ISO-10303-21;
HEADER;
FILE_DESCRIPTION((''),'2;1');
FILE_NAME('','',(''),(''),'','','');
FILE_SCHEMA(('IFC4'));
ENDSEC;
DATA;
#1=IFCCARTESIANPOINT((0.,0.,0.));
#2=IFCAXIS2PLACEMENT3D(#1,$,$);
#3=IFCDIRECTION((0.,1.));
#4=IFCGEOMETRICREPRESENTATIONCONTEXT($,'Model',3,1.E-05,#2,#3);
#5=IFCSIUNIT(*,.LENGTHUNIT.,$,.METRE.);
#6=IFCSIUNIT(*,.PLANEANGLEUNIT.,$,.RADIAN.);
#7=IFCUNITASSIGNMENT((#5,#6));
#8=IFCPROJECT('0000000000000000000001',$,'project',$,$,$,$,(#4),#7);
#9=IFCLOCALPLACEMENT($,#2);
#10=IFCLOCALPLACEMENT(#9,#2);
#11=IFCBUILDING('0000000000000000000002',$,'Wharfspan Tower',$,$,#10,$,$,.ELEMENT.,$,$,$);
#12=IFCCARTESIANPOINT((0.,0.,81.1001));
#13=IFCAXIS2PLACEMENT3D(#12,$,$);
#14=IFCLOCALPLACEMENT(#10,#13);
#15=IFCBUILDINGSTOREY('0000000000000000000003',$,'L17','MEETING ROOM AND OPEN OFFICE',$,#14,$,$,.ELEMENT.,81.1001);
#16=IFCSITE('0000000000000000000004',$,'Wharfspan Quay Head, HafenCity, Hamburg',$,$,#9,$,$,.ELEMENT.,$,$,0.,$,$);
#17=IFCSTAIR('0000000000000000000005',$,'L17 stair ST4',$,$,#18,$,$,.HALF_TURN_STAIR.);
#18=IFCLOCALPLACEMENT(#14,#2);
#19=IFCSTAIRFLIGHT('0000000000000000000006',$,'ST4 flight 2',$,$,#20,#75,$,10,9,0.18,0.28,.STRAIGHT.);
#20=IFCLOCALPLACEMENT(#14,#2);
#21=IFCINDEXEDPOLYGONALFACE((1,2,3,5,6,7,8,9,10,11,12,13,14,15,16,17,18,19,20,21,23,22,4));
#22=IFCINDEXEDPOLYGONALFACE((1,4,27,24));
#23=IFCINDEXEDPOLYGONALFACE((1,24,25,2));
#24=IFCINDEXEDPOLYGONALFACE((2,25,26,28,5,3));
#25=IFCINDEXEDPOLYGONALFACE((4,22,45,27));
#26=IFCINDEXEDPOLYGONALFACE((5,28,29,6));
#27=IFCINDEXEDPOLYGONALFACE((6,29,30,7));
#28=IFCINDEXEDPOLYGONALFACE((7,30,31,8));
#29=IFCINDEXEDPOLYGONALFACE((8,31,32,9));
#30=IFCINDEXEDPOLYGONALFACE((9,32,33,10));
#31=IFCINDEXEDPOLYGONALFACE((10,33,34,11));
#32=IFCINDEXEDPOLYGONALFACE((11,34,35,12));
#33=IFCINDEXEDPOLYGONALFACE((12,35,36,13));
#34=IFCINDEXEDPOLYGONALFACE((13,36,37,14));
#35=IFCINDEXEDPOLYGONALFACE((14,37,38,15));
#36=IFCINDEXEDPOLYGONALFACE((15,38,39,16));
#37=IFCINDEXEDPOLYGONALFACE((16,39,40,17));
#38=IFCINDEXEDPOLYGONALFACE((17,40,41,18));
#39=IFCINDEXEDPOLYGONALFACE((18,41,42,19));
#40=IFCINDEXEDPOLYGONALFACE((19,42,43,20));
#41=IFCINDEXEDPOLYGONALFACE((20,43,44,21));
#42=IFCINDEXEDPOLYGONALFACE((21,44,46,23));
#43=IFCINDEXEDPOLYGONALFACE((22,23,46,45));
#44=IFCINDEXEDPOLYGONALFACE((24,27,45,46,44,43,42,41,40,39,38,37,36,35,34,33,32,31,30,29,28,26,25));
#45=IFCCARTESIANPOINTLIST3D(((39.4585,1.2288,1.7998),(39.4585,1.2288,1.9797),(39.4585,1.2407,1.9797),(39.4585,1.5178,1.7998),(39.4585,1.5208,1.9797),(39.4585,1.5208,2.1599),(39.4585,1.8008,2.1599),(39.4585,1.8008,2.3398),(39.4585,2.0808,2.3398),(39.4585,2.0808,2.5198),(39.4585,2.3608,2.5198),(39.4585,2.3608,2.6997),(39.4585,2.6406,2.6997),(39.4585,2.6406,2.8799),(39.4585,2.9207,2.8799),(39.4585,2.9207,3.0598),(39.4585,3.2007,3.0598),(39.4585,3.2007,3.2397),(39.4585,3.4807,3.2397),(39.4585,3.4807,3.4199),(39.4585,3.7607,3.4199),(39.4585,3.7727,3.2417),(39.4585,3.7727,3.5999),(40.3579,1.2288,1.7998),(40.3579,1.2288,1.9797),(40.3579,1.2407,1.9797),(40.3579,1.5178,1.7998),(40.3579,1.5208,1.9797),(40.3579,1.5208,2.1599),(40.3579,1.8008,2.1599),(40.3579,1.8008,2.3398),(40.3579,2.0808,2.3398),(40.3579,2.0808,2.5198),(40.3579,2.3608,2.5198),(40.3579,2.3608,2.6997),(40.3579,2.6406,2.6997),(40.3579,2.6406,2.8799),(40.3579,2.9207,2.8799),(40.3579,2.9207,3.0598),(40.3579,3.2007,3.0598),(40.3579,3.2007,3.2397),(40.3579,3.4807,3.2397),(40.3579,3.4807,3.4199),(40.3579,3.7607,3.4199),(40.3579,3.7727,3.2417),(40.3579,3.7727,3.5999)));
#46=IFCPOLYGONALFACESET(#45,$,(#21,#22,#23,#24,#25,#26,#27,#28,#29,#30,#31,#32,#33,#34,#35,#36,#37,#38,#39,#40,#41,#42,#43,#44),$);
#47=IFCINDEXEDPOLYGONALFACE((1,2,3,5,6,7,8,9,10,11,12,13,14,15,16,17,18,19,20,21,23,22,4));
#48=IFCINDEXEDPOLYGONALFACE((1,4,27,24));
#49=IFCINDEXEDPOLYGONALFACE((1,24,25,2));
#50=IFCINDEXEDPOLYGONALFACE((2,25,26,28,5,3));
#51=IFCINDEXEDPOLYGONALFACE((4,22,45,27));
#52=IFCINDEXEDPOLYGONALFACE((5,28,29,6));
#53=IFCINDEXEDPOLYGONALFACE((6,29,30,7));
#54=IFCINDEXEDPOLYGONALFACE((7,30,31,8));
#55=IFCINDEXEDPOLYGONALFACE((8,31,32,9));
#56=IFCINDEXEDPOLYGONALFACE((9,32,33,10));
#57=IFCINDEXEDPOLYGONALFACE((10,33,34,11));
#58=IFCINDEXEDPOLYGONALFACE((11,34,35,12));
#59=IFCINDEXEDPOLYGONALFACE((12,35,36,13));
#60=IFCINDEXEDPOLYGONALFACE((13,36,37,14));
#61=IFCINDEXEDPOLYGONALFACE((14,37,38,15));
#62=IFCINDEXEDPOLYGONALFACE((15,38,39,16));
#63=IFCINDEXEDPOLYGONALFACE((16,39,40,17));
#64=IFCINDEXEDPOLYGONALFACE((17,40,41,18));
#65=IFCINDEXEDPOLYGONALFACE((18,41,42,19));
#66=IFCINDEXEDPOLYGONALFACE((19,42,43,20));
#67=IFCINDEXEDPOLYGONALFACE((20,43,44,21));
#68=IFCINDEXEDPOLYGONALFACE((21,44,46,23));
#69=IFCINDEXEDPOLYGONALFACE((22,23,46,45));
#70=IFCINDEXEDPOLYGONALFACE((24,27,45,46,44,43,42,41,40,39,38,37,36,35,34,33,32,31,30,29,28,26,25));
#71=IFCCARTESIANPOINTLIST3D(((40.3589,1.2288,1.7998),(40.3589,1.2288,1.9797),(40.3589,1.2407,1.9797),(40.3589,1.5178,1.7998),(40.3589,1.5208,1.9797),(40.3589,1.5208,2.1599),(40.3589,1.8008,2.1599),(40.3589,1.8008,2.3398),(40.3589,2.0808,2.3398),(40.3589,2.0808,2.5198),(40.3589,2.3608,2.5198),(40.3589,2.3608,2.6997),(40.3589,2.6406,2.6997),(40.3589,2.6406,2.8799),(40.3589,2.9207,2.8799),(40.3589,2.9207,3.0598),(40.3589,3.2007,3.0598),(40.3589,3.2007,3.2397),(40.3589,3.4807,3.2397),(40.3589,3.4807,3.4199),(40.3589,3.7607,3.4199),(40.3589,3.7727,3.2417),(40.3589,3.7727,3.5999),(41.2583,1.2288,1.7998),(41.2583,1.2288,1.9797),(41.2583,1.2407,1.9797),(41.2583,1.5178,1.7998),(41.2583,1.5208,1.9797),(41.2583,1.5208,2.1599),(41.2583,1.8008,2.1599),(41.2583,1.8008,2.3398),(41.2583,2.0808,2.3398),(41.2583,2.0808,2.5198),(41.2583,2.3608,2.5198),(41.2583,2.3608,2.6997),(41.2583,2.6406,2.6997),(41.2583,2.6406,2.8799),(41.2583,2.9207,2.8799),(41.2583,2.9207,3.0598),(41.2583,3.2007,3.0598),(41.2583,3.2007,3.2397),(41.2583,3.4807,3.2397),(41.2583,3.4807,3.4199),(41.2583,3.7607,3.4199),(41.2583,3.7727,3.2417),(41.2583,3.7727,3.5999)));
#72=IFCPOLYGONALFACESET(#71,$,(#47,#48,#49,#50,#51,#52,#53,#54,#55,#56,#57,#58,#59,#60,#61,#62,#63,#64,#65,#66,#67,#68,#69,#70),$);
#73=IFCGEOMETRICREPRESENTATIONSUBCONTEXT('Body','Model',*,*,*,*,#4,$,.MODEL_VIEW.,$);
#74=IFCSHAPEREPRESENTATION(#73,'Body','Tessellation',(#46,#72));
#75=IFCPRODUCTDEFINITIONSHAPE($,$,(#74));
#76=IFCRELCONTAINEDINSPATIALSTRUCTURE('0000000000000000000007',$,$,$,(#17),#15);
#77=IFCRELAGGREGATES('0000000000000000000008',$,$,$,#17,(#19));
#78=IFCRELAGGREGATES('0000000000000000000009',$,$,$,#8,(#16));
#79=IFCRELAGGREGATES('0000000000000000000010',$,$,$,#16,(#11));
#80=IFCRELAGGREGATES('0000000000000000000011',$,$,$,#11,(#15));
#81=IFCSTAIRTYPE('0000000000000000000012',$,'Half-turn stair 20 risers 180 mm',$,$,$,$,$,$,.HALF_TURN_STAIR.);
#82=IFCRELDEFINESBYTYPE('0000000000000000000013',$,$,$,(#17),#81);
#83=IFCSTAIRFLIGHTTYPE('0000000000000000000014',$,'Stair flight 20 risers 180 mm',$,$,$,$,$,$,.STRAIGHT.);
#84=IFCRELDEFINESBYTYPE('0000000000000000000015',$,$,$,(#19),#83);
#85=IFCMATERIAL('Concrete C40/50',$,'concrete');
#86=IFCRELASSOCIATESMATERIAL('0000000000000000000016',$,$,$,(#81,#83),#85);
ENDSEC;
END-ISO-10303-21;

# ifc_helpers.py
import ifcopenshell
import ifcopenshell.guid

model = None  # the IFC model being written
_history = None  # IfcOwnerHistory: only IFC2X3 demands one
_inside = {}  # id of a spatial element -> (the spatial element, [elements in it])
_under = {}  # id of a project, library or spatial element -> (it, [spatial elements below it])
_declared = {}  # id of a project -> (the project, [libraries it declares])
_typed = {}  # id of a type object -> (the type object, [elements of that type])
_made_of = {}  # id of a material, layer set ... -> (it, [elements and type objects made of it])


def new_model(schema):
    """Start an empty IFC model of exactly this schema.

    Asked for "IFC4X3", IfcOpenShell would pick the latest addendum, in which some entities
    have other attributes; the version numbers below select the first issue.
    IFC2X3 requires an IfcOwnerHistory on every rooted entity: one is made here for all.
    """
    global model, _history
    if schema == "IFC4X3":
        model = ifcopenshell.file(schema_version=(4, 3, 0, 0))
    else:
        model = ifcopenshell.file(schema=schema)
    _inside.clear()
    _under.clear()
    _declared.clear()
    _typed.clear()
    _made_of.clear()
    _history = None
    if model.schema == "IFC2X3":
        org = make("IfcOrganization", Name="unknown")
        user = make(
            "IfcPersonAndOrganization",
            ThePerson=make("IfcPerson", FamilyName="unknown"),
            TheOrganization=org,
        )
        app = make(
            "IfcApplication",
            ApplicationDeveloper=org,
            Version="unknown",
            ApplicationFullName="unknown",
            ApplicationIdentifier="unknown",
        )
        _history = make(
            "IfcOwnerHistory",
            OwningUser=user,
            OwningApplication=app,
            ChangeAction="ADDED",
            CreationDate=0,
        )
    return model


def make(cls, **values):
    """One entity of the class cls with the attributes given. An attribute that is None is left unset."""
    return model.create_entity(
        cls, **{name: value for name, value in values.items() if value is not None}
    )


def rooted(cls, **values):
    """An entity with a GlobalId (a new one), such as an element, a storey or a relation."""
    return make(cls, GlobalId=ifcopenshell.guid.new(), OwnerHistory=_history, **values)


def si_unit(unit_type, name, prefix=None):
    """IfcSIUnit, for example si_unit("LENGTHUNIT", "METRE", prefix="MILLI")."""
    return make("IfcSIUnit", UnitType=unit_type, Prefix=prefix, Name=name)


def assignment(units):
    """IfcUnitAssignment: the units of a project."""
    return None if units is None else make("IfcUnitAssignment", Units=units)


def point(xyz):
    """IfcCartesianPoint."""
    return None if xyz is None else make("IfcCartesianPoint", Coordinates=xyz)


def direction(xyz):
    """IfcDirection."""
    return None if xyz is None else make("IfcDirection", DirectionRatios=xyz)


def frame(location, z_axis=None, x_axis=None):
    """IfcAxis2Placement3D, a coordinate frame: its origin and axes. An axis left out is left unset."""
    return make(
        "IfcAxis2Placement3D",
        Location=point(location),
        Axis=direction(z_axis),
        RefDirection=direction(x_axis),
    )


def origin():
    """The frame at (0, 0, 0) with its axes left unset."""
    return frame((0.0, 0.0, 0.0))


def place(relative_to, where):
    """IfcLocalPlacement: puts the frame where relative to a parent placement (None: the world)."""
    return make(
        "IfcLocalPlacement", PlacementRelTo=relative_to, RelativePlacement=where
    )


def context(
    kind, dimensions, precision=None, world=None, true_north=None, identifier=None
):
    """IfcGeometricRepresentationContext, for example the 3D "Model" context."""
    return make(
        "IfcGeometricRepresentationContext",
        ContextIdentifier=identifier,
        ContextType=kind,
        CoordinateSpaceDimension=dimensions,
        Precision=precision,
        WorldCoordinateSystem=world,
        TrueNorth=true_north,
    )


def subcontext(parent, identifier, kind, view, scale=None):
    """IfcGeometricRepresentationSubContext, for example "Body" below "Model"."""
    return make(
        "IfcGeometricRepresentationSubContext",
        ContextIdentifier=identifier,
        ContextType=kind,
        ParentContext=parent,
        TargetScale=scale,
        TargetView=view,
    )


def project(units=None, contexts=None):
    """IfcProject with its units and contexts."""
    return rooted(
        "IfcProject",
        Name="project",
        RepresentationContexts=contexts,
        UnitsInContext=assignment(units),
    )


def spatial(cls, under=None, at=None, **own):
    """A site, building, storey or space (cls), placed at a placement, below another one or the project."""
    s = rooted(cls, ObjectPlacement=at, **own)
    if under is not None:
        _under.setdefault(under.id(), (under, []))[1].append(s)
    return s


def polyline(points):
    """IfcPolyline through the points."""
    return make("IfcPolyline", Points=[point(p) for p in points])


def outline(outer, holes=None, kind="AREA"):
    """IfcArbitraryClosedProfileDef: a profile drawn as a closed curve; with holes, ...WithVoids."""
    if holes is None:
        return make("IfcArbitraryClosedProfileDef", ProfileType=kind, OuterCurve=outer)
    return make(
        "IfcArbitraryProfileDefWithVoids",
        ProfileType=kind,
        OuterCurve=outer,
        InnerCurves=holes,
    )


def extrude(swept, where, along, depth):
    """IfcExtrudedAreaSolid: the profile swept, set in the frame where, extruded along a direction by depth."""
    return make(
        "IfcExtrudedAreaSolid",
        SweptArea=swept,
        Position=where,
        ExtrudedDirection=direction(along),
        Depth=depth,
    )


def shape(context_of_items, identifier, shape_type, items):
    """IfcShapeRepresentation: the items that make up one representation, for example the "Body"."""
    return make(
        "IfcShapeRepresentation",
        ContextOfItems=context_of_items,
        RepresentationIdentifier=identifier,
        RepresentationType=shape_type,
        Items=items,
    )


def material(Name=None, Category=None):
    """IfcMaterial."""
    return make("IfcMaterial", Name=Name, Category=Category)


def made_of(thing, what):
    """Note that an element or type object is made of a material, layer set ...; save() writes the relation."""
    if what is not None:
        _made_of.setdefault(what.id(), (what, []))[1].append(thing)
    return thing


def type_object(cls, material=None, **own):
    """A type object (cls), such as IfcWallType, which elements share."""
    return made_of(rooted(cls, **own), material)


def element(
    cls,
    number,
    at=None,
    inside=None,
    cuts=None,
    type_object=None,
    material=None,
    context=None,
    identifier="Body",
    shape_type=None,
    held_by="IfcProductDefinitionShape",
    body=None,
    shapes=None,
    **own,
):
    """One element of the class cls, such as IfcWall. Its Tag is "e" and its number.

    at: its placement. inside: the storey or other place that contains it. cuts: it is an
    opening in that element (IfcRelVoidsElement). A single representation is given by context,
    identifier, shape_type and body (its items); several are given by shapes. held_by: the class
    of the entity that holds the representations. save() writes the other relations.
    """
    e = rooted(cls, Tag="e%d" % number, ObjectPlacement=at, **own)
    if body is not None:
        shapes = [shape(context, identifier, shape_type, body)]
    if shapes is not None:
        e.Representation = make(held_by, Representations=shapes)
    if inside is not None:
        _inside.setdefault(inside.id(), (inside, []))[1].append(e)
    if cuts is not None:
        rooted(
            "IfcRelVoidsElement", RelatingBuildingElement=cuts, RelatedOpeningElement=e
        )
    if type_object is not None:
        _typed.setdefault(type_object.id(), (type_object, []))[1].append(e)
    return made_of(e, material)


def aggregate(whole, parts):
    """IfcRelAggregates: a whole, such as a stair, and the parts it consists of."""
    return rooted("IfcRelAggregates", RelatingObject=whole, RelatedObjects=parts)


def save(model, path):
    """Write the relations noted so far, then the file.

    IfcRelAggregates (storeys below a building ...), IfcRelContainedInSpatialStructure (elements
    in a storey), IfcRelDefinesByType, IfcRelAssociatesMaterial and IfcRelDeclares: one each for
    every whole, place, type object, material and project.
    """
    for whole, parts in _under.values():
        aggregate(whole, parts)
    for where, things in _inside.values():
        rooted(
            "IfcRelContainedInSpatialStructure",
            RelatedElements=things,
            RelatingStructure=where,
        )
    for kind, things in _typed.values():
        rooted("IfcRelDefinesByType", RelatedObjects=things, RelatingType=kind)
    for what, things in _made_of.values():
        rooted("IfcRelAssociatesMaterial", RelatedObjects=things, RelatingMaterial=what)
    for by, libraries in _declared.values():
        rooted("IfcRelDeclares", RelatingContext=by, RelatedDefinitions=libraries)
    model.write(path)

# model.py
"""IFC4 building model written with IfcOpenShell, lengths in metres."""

from ifc_helpers import new_model, si_unit, direction, frame, origin, place, context, subcontext, project, spatial, polyline, outline, extrude, material, type_object, element, aggregate, save


model = new_model("IFC4")

# Units and contexts
model_context = context("Model", 3, precision=1e-05, world=origin(), true_north=direction((0.0, 1.0)))
body_context = subcontext(model_context, "Body", "Model", "MODEL_VIEW")
ifc_project = project(units=[si_unit("LENGTHUNIT", "METRE"), si_unit("PLANEANGLEUNIT", "RADIAN")], contexts=[model_context])

# Site, building, storey
site_placement = place(None, origin())
site = spatial("IfcSite", under=ifc_project, at=site_placement, Name="Wharfspan Quay Head, HafenCity, Hamburg", CompositionType="ELEMENT", RefElevation=0.0)
building_placement = place(site_placement, origin())
building = spatial("IfcBuilding", under=site, at=building_placement, Name="Wharfspan Tower", CompositionType="ELEMENT")
storey_placement = place(building_placement, frame((0.0, 0.0, 81.1001)))
storey = spatial("IfcBuildingStorey", under=building, at=storey_placement, Name="L17", Description="MEETING ROOM AND OPEN OFFICE", CompositionType="ELEMENT", Elevation=81.1001)

# Shared definitions
ifc_material_1 = material(Name="Concrete C40/50", Category="concrete")

# Stair, stair flight
stair_type = type_object("IfcStairType", Name="Half-turn stair 20 risers 180 mm", PredefinedType="HALF_TURN_STAIR", material=ifc_material_1)
stair_placement = place(storey_placement, origin())
stair = element("IfcStair", 1, at=stair_placement, inside=storey, type_object=stair_type, Name="L17 stair ST4", PredefinedType="HALF_TURN_STAIR")
stair_flight_type = type_object("IfcStairFlightType", Name="Stair flight 20 risers 180 mm", PredefinedType="STRAIGHT", material=ifc_material_1)
stair_flight_placement = place(storey_placement, frame((40.3584, 1.2407, 1.7998), z_axis=(0.0, 0.0, 1.0), x_axis=(0.0, 1.0, 0.0)))
stair_flight = element("IfcStairFlight", 2, at=stair_flight_placement, type_object=stair_flight_type, Name="ST4 flight 2", NumberOfRisers=10, NumberOfTreads=9, PredefinedType="STRAIGHT", RiserHeight=0.18, TreadLength=0.28, context=body_context, shape_type="SweptSolid", body=[
    extrude(outline(polyline([(-0.012, 0.0), (-0.012, 0.1799), (0.0, 0.1799), (0.28, 0.1799), (0.28, 0.3601), (0.5601, 0.3601), (0.5601, 0.54), (0.8401, 0.54), (0.8401, 0.72), (1.1201, 0.72), (1.1201, 0.8999), (1.3999, 0.8999), (1.3999, 1.0801), (1.6799, 1.0801), (1.6799, 1.26), (1.96, 1.26), (1.96, 1.4399), (2.24, 1.4399), (2.24, 1.6201), (2.52, 1.6201), (2.532, 1.8), (2.532, 1.4419), (0.2771, 0.0), (-0.012, 0.0)])), frame((0.0, 0.8999, 0.0), z_axis=(0.0, -1.0, 0.0), x_axis=(1.0, 0.0, 0.0)), (0.0, 0.0, 1.0), 0.8994),
    extrude(outline(polyline([(-0.012, 0.0), (-0.012, 0.1799), (0.0, 0.1799), (0.28, 0.1799), (0.28, 0.3601), (0.5601, 0.3601), (0.5601, 0.54), (0.8401, 0.54), (0.8401, 0.72), (1.1201, 0.72), (1.1201, 0.8999), (1.3999, 0.8999), (1.3999, 1.0801), (1.6799, 1.0801), (1.6799, 1.26), (1.96, 1.26), (1.96, 1.4399), (2.24, 1.4399), (2.24, 1.6201), (2.52, 1.6201), (2.532, 1.8), (2.532, 1.4419), (0.2771, 0.0), (-0.012, 0.0)])), frame((0.0, -0.0005, 0.0), z_axis=(0.0, -1.0, 0.0), x_axis=(1.0, 0.0, 0.0)), (0.0, 0.0, 1.0), 0.8994),
])
aggregate(stair, [stair_flight])

save(model, "model.ifc")
